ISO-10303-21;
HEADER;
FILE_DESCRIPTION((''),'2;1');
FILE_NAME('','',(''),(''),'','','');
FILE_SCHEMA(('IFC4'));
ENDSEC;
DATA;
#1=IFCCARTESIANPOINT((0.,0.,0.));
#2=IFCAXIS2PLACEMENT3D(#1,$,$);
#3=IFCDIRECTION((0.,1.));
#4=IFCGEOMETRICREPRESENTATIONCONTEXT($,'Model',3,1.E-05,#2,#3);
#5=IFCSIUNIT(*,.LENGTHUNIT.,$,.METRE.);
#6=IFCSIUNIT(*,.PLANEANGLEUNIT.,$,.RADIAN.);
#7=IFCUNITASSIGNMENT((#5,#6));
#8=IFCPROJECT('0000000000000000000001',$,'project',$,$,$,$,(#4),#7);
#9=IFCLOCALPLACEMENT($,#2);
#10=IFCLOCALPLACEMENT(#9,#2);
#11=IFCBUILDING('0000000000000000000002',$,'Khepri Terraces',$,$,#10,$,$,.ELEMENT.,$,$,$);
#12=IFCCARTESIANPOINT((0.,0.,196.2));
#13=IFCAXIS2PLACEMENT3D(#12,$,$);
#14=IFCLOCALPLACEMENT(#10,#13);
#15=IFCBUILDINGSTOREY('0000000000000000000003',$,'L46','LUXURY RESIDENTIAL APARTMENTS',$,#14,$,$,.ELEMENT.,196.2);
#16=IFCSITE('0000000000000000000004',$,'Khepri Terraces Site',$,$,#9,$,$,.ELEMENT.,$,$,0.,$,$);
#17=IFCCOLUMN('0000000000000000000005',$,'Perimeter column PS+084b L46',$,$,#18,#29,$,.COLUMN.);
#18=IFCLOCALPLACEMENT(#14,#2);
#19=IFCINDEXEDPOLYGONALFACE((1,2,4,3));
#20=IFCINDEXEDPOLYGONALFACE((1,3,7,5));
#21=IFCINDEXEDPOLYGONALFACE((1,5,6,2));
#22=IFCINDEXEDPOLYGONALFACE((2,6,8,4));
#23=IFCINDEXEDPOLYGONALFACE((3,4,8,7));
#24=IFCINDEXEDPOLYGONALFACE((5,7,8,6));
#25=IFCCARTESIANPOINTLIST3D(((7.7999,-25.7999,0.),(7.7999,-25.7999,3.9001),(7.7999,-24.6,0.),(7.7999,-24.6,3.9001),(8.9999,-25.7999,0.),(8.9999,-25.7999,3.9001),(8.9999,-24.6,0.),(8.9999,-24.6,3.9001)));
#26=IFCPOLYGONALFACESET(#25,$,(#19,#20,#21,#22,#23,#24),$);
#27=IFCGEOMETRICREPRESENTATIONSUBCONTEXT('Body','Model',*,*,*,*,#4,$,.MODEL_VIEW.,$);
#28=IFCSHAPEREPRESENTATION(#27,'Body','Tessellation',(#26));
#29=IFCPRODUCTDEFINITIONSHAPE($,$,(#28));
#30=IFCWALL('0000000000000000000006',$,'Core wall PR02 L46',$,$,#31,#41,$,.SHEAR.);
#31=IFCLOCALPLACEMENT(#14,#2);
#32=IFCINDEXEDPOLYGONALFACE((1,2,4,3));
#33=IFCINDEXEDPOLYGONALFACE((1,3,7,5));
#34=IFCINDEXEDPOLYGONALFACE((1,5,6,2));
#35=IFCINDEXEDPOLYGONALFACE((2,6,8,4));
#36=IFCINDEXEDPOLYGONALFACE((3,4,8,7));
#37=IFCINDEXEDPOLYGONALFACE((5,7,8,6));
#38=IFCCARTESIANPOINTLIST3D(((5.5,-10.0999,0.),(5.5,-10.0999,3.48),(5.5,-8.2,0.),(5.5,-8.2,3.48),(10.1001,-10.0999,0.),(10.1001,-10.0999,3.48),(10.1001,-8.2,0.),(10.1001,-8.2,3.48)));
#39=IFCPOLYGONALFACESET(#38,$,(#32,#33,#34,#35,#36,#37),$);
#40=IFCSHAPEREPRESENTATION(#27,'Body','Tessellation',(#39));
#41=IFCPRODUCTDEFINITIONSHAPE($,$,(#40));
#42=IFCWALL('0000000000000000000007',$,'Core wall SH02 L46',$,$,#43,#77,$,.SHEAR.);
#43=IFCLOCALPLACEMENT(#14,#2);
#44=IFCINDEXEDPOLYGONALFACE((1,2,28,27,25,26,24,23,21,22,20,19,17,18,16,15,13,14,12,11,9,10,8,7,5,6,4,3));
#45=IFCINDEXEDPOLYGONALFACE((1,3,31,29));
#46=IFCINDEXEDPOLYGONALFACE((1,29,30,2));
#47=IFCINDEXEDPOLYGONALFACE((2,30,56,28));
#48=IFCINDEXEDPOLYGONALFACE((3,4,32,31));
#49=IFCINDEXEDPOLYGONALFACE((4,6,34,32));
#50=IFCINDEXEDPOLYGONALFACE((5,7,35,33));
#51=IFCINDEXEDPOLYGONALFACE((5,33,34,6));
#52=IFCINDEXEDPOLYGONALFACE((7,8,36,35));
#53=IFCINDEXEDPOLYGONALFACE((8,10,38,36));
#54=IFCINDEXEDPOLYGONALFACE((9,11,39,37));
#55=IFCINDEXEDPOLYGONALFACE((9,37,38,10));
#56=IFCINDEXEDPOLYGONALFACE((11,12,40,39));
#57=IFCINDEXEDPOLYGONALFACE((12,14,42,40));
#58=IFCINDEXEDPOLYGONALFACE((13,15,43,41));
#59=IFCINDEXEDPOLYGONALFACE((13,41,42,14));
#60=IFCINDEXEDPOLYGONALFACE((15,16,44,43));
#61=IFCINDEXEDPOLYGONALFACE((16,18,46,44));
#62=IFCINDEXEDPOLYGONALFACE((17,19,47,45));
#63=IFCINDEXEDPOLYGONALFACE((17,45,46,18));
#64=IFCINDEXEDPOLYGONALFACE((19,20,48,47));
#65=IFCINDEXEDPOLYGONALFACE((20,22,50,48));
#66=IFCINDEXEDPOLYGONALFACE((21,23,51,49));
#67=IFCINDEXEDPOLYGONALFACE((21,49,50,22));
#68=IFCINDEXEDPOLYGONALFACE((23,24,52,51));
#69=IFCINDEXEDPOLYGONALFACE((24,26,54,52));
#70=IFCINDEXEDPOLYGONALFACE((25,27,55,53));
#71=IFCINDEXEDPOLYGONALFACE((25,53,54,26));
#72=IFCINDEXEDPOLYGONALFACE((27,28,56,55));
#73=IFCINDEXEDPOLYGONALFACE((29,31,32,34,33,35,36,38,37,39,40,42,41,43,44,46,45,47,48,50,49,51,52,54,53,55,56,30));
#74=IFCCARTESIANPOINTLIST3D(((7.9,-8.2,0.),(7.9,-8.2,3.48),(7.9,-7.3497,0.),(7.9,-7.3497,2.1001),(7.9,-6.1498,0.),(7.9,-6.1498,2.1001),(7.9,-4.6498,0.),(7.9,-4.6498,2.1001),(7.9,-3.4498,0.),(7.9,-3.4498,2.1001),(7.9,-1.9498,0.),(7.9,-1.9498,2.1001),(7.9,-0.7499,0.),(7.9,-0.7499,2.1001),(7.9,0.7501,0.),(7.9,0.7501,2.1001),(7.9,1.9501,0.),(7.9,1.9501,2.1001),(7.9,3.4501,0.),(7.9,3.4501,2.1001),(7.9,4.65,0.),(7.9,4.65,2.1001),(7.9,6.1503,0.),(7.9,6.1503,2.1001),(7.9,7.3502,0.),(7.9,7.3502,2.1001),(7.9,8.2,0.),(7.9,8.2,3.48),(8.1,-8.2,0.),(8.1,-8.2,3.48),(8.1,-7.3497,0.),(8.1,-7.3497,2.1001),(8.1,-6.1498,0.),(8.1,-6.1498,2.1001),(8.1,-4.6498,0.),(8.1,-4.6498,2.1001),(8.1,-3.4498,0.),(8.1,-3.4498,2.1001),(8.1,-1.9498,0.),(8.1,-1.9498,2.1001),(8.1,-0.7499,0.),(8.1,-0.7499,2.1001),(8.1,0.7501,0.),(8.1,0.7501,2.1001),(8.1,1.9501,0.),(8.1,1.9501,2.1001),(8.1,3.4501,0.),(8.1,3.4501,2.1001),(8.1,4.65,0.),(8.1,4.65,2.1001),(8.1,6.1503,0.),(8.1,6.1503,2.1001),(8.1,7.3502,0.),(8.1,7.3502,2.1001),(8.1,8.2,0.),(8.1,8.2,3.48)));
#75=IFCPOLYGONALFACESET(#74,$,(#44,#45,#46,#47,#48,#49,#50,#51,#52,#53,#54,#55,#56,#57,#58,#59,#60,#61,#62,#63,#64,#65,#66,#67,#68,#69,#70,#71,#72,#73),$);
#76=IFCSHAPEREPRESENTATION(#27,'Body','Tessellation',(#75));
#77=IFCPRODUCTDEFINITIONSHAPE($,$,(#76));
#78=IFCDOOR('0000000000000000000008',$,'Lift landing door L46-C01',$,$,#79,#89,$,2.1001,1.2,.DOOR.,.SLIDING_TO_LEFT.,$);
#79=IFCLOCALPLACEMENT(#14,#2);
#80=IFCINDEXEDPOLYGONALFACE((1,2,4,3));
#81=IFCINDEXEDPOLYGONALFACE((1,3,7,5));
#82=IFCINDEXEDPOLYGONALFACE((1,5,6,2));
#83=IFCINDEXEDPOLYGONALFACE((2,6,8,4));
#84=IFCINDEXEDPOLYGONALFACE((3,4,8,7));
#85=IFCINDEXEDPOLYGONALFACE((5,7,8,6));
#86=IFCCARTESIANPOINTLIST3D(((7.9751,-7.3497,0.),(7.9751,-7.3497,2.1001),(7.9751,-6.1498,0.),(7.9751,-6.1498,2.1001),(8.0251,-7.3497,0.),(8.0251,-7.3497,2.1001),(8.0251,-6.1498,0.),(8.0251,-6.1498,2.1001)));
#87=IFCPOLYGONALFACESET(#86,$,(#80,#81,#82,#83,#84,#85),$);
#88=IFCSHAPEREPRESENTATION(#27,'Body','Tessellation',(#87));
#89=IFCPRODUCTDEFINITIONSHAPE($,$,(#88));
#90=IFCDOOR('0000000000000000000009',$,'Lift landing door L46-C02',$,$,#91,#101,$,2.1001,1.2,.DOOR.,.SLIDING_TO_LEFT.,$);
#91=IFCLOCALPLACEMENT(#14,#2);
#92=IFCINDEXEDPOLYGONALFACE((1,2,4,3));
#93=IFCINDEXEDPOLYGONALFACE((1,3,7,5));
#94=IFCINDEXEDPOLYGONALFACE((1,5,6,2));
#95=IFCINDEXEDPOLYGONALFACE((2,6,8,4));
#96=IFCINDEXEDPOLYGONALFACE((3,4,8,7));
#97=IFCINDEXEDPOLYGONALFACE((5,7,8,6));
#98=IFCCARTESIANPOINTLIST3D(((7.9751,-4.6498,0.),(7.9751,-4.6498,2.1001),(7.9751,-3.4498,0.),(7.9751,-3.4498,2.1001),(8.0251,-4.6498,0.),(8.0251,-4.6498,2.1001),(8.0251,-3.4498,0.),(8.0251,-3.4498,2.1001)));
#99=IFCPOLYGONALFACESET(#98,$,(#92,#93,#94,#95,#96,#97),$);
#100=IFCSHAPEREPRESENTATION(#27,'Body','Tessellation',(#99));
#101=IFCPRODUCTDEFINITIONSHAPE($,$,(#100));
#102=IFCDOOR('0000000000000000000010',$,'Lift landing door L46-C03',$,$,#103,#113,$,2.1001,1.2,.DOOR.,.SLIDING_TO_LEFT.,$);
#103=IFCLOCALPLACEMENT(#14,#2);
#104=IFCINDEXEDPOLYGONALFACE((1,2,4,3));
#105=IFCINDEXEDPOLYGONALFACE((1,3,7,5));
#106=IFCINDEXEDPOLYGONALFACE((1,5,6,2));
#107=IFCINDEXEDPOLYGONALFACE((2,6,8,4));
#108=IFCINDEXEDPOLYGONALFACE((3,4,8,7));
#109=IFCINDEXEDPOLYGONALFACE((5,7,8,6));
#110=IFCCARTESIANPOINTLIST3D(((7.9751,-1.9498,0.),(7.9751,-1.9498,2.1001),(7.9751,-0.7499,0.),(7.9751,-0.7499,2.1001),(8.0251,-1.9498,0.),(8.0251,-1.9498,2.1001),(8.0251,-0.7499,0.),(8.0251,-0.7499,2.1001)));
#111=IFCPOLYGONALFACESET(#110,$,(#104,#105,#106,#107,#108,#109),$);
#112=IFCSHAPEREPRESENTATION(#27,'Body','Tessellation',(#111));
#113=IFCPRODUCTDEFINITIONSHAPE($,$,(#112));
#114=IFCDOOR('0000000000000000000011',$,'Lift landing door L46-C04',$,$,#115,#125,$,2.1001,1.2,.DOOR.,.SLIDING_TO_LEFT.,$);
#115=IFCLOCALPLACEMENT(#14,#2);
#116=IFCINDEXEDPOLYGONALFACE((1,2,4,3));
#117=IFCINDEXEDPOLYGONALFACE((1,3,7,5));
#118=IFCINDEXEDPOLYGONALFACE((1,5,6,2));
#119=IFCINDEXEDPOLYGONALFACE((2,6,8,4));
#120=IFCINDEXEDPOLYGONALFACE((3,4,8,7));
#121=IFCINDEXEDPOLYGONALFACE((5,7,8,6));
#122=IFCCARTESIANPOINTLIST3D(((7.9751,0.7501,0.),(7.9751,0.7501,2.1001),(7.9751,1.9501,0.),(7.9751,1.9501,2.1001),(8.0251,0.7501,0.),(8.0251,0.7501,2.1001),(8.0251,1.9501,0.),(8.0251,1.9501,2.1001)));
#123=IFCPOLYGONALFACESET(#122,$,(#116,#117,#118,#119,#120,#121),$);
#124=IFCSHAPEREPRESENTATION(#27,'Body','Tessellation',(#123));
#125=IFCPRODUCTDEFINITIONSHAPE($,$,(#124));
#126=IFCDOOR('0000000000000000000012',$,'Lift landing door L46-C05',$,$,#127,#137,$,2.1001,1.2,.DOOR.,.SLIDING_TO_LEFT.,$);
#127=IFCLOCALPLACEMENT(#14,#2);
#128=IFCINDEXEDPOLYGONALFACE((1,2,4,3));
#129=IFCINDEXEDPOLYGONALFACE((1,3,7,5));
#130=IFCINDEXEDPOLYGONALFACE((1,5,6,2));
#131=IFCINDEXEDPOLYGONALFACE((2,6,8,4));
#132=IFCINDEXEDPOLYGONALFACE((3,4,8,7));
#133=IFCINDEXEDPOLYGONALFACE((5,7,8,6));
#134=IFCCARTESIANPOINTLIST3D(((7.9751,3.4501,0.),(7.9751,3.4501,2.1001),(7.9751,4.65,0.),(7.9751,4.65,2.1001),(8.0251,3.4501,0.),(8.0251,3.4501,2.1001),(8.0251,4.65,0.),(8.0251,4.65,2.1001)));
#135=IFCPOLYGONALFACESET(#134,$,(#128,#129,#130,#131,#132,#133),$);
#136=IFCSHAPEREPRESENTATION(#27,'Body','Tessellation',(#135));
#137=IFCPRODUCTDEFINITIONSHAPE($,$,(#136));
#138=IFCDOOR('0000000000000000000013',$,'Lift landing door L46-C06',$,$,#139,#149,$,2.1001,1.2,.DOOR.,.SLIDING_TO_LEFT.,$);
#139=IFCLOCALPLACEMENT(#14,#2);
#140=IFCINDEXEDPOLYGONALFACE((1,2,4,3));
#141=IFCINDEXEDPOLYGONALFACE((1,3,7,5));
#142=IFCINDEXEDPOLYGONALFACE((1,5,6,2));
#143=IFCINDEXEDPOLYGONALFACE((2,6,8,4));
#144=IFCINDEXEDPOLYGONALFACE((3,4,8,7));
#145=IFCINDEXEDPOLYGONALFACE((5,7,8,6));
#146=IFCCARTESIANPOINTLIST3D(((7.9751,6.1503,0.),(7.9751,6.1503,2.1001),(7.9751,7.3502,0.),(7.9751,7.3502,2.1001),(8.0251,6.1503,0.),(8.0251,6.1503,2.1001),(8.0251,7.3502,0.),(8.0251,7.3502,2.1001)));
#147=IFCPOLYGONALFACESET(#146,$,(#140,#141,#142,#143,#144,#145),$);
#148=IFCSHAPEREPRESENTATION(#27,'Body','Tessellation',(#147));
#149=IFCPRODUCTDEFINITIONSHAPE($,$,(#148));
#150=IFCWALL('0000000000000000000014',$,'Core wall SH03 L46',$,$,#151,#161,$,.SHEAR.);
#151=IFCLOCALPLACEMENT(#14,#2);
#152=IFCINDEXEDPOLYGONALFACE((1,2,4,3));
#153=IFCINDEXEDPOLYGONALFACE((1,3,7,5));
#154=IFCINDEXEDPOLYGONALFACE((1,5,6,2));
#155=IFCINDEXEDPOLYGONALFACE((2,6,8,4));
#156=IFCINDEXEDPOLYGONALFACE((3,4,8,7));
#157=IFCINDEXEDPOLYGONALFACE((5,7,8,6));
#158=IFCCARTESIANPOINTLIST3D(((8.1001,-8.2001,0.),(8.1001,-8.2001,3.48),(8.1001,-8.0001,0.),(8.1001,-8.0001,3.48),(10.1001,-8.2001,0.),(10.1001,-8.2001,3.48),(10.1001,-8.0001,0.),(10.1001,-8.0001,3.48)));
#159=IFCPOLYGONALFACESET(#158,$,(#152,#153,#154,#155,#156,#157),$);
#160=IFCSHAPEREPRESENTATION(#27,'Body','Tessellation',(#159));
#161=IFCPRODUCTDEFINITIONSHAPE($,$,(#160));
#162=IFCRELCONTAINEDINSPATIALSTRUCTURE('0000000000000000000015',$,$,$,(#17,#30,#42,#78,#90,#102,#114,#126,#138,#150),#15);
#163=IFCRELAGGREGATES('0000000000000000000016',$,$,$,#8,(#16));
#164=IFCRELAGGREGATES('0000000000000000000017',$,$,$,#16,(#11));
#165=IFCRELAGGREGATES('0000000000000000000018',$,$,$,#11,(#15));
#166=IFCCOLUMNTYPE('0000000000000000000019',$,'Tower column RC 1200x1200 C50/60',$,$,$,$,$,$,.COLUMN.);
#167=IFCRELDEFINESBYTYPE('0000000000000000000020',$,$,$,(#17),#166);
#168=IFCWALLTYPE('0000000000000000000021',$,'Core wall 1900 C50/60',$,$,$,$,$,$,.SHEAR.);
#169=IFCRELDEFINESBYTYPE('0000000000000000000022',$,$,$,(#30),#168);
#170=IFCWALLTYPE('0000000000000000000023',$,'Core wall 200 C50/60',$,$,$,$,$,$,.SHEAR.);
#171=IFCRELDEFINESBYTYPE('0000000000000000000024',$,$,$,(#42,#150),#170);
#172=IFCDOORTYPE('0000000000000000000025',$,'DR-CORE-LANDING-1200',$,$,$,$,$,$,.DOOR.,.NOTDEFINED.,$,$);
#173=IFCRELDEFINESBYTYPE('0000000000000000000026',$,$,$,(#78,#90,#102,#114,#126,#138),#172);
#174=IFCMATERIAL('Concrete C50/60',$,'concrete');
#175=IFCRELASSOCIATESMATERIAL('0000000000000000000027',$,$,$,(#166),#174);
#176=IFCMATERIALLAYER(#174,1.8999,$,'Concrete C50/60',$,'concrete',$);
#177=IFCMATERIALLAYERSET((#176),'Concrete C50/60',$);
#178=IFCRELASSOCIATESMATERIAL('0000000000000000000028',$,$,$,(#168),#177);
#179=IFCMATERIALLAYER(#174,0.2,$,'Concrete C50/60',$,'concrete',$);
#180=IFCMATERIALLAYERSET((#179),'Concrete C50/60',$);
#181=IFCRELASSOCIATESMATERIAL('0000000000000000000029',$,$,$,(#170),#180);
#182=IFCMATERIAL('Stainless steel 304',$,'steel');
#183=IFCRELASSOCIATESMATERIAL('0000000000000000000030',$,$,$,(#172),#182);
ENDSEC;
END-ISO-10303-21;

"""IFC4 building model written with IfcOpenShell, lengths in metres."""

from ifc_helpers import new_model, si_unit, direction, frame, frame_2d, origin, origin_2d, place, context, subcontext, project, spatial, rectangle, extrude, material, layer, layer_set, material_profile, profile_set, type_object, element, fill, save


model = new_model("IFC4")

# Units and contexts
model_context = context("Model", 3, precision=1e-05, world=origin(), true_north=direction((0.0, 1.0)))
body_context = subcontext(model_context, "Body", "Model", "MODEL_VIEW")
ifc_project = project(units=[si_unit("LENGTHUNIT", "METRE"), si_unit("PLANEANGLEUNIT", "RADIAN")], contexts=[model_context])

# Site, building, storey
site_placement = place(None, origin())
site = spatial("IfcSite", under=ifc_project, at=site_placement, Name="Khepri Terraces Site", CompositionType="ELEMENT", RefElevation=0.0)
building_placement = place(site_placement, origin())
building = spatial("IfcBuilding", under=site, at=building_placement, Name="Khepri Terraces", CompositionType="ELEMENT")
storey_placement = place(building_placement, frame((0.0, 0.0, 196.2)))
storey = spatial("IfcBuildingStorey", under=building, at=storey_placement, Name="L46", Description="LUXURY RESIDENTIAL APARTMENTS", CompositionType="ELEMENT", Elevation=196.2)

# Column
ifc_material_1 = material(Name="Concrete C50/60", Category="concrete")
ifc_material_profile = material_profile(ifc_material_1, rectangle(XDim=1.2, YDim=1.2, at=origin_2d()), Name="Concrete C50/60", Category="concrete")
ifc_profile_set = profile_set([ifc_material_profile], Name="Concrete C50/60")
column_type = type_object("IfcColumnType", Name="Tower column RC 1200x1200 C50/60", PredefinedType="COLUMN", material=ifc_profile_set)
column_placement = place(storey_placement, frame((8.3999, -25.2, 0.0), z_axis=(0.0, 0.0, 1.0), x_axis=(1.0, 0.0, 0.0)))
element("IfcColumn", 1, at=column_placement, inside=storey, type_object=column_type, Name="Perimeter column PS+084b L46", PredefinedType="COLUMN", context=body_context, shape_type="SweptSolid", body=[
    extrude(rectangle(XDim=1.2, YDim=1.2, at=origin_2d()), origin(), (0.0, 0.0, 1.0), 3.9001),
])

# Wall
ifc_layer_1 = layer(ifc_material_1, 1.8999, Name="Concrete C50/60", Category="concrete")
ifc_layer_set_1 = layer_set([ifc_layer_1], Name="Concrete C50/60")
wall_type_1 = type_object("IfcWallType", Name="Core wall 1900 C50/60", PredefinedType="SHEAR", material=ifc_layer_set_1)
wall_1_placement = place(storey_placement, frame((5.5, -9.1499, 0.0), z_axis=(0.0, 0.0, 1.0), x_axis=(1.0, 0.0, 0.0)))
element("IfcWall", 2, at=wall_1_placement, inside=storey, type_object=wall_type_1, Name="Core wall PR02 L46", PredefinedType="SHEAR", context=body_context, shape_type="SweptSolid", body=[
    extrude(rectangle(XDim=4.6001, YDim=1.8999, at=frame_2d((2.3, 0.0))), origin(), (0.0, 0.0, 1.0), 3.48),
])

# Wall, openings, doors
ifc_layer_2 = layer(ifc_material_1, 0.2, Name="Concrete C50/60", Category="concrete")
ifc_layer_set_2 = layer_set([ifc_layer_2], Name="Concrete C50/60")
wall_type_2 = type_object("IfcWallType", Name="Core wall 200 C50/60", PredefinedType="SHEAR", material=ifc_layer_set_2)
wall_2_placement = place(storey_placement, frame((8.0, -8.2, 0.0), z_axis=(0.0, 0.0, 1.0), x_axis=(0.0, 1.0, 0.0)))
wall_2 = element("IfcWall", 3, at=wall_2_placement, inside=storey, type_object=wall_type_2, Name="Core wall SH02 L46", PredefinedType="SHEAR", context=body_context, shape_type="SweptSolid", body=[
    extrude(rectangle(XDim=16.3999, YDim=0.2, at=frame_2d((8.2, 0.0))), origin(), (0.0, 0.0, 1.0), 3.48),
])
opening_1_placement = place(wall_2_placement, frame((0.8501, 0.0, 0.0)))
opening_1 = element("IfcOpeningElement", 4, at=opening_1_placement, cuts=wall_2, PredefinedType="OPENING", context=body_context, shape_type="SweptSolid", body=[
    extrude(rectangle(XDim=1.2, YDim=2.1001, at=frame_2d((0.6001, 1.05))), frame((0.0, 0.1099, 0.0), z_axis=(0.0, -1.0, 0.0), x_axis=(1.0, 0.0, 0.0)), (0.0, 0.0, 1.0), 0.22),
])
opening_2_placement = place(wall_2_placement, frame((3.55, 0.0, 0.0)))
opening_2 = element("IfcOpeningElement", 5, at=opening_2_placement, cuts=wall_2, PredefinedType="OPENING", context=body_context, shape_type="SweptSolid", body=[
    extrude(rectangle(XDim=1.2, YDim=2.1001, at=frame_2d((0.6001, 1.05))), frame((0.0, 0.1099, 0.0), z_axis=(0.0, -1.0, 0.0), x_axis=(1.0, 0.0, 0.0)), (0.0, 0.0, 1.0), 0.22),
])
opening_3_placement = place(wall_2_placement, frame((6.25, 0.0, 0.0)))
opening_3 = element("IfcOpeningElement", 6, at=opening_3_placement, cuts=wall_2, PredefinedType="OPENING", context=body_context, shape_type="SweptSolid", body=[
    extrude(rectangle(XDim=1.2, YDim=2.1001, at=frame_2d((0.6001, 1.05))), frame((0.0, 0.1099, 0.0), z_axis=(0.0, -1.0, 0.0), x_axis=(1.0, 0.0, 0.0)), (0.0, 0.0, 1.0), 0.22),
])
opening_4_placement = place(wall_2_placement, frame((8.95, 0.0, 0.0)))
opening_4 = element("IfcOpeningElement", 7, at=opening_4_placement, cuts=wall_2, PredefinedType="OPENING", context=body_context, shape_type="SweptSolid", body=[
    extrude(rectangle(XDim=1.2, YDim=2.1001, at=frame_2d((0.6001, 1.05))), frame((0.0, 0.1099, 0.0), z_axis=(0.0, -1.0, 0.0), x_axis=(1.0, 0.0, 0.0)), (0.0, 0.0, 1.0), 0.22),
])
opening_5_placement = place(wall_2_placement, frame((11.6499, 0.0, 0.0)))
opening_5 = element("IfcOpeningElement", 8, at=opening_5_placement, cuts=wall_2, PredefinedType="OPENING", context=body_context, shape_type="SweptSolid", body=[
    extrude(rectangle(XDim=1.2, YDim=2.1001, at=frame_2d((0.6001, 1.05))), frame((0.0, 0.1099, 0.0), z_axis=(0.0, -1.0, 0.0), x_axis=(1.0, 0.0, 0.0)), (0.0, 0.0, 1.0), 0.22),
])
opening_6_placement = place(wall_2_placement, frame((14.3501, 0.0, 0.0)))
opening_6 = element("IfcOpeningElement", 9, at=opening_6_placement, cuts=wall_2, PredefinedType="OPENING", context=body_context, shape_type="SweptSolid", body=[
    extrude(rectangle(XDim=1.2, YDim=2.1001, at=frame_2d((0.6001, 1.05))), frame((0.0, 0.1099, 0.0), z_axis=(0.0, -1.0, 0.0), x_axis=(1.0, 0.0, 0.0)), (0.0, 0.0, 1.0), 0.22),
])
ifc_material_2 = material(Name="Stainless steel 304", Category="steel")
door_type_1 = type_object("IfcDoorType", Name="DR-CORE-LANDING-1200", OperationType="NOTDEFINED", PredefinedType="DOOR", material=ifc_material_2)
door_1_placement = place(opening_1_placement, origin())
door_1 = element("IfcDoor", 10, at=door_1_placement, inside=storey, type_object=door_type_1, Name="Lift landing door L46-C01", OperationType="SLIDING_TO_LEFT", OverallHeight=2.1001, OverallWidth=1.2, PredefinedType="DOOR", context=body_context, shape_type="SweptSolid", body=[
    extrude(rectangle(XDim=1.2, YDim=2.1001, at=frame_2d((0.6001, 1.05))), frame((0.0, 0.0249, 0.0), z_axis=(0.0, -1.0, 0.0), x_axis=(1.0, 0.0, 0.0)), (0.0, 0.0, 1.0), 0.05),
])
fill(opening_1, door_1)
door_2_placement = place(opening_2_placement, origin())
door_2 = element("IfcDoor", 11, at=door_2_placement, inside=storey, type_object=door_type_1, Name="Lift landing door L46-C02", OperationType="SLIDING_TO_LEFT", OverallHeight=2.1001, OverallWidth=1.2, PredefinedType="DOOR", context=body_context, shape_type="SweptSolid", body=[
    extrude(rectangle(XDim=1.2, YDim=2.1001, at=frame_2d((0.6001, 1.05))), frame((0.0, 0.0249, 0.0), z_axis=(0.0, -1.0, 0.0), x_axis=(1.0, 0.0, 0.0)), (0.0, 0.0, 1.0), 0.05),
])
fill(opening_2, door_2)
door_3_placement = place(opening_3_placement, origin())
door_3 = element("IfcDoor", 12, at=door_3_placement, inside=storey, type_object=door_type_1, Name="Lift landing door L46-C03", OperationType="SLIDING_TO_LEFT", OverallHeight=2.1001, OverallWidth=1.2, PredefinedType="DOOR", context=body_context, shape_type="SweptSolid", body=[
    extrude(rectangle(XDim=1.2, YDim=2.1001, at=frame_2d((0.6001, 1.05))), frame((0.0, 0.0249, 0.0), z_axis=(0.0, -1.0, 0.0), x_axis=(1.0, 0.0, 0.0)), (0.0, 0.0, 1.0), 0.05),
])
fill(opening_3, door_3)
door_4_placement = place(opening_4_placement, origin())
door_4 = element("IfcDoor", 13, at=door_4_placement, inside=storey, type_object=door_type_1, Name="Lift landing door L46-C04", OperationType="SLIDING_TO_LEFT", OverallHeight=2.1001, OverallWidth=1.2, PredefinedType="DOOR", context=body_context, shape_type="SweptSolid", body=[
    extrude(rectangle(XDim=1.2, YDim=2.1001, at=frame_2d((0.6001, 1.05))), frame((0.0, 0.0249, 0.0), z_axis=(0.0, -1.0, 0.0), x_axis=(1.0, 0.0, 0.0)), (0.0, 0.0, 1.0), 0.05),
])
fill(opening_4, door_4)
door_5_placement = place(opening_5_placement, origin())
door_5 = element("IfcDoor", 14, at=door_5_placement, inside=storey, type_object=door_type_1, Name="Lift landing door L46-C05", OperationType="SLIDING_TO_LEFT", OverallHeight=2.1001, OverallWidth=1.2, PredefinedType="DOOR", context=body_context, shape_type="SweptSolid", body=[
    extrude(rectangle(XDim=1.2, YDim=2.1001, at=frame_2d((0.6001, 1.05))), frame((0.0, 0.0249, 0.0), z_axis=(0.0, -1.0, 0.0), x_axis=(1.0, 0.0, 0.0)), (0.0, 0.0, 1.0), 0.05),
])
fill(opening_5, door_5)
door_6_placement = place(opening_6_placement, origin())
door_6 = element("IfcDoor", 15, at=door_6_placement, inside=storey, type_object=door_type_1, Name="Lift landing door L46-C06", OperationType="SLIDING_TO_LEFT", OverallHeight=2.1001, OverallWidth=1.2, PredefinedType="DOOR", context=body_context, shape_type="SweptSolid", body=[
    extrude(rectangle(XDim=1.2, YDim=2.1001, at=frame_2d((0.6001, 1.05))), frame((0.0, 0.0249, 0.0), z_axis=(0.0, -1.0, 0.0), x_axis=(1.0, 0.0, 0.0)), (0.0, 0.0, 1.0), 0.05),
])
fill(opening_6, door_6)

# Wall
wall_3_placement = place(storey_placement, frame((8.1001, -8.1001, 0.0), z_axis=(0.0, 0.0, 1.0), x_axis=(1.0, 0.0, 0.0)))
element("IfcWall", 16, at=wall_3_placement, inside=storey, type_object=wall_type_2, Name="Core wall SH03 L46", PredefinedType="SHEAR", context=body_context, shape_type="SweptSolid", body=[
    extrude(rectangle(XDim=2.0, YDim=0.2, at=frame_2d((1.0, 0.0))), origin(), (0.0, 0.0, 1.0), 3.48),
])

save(model, "model.ifc")
